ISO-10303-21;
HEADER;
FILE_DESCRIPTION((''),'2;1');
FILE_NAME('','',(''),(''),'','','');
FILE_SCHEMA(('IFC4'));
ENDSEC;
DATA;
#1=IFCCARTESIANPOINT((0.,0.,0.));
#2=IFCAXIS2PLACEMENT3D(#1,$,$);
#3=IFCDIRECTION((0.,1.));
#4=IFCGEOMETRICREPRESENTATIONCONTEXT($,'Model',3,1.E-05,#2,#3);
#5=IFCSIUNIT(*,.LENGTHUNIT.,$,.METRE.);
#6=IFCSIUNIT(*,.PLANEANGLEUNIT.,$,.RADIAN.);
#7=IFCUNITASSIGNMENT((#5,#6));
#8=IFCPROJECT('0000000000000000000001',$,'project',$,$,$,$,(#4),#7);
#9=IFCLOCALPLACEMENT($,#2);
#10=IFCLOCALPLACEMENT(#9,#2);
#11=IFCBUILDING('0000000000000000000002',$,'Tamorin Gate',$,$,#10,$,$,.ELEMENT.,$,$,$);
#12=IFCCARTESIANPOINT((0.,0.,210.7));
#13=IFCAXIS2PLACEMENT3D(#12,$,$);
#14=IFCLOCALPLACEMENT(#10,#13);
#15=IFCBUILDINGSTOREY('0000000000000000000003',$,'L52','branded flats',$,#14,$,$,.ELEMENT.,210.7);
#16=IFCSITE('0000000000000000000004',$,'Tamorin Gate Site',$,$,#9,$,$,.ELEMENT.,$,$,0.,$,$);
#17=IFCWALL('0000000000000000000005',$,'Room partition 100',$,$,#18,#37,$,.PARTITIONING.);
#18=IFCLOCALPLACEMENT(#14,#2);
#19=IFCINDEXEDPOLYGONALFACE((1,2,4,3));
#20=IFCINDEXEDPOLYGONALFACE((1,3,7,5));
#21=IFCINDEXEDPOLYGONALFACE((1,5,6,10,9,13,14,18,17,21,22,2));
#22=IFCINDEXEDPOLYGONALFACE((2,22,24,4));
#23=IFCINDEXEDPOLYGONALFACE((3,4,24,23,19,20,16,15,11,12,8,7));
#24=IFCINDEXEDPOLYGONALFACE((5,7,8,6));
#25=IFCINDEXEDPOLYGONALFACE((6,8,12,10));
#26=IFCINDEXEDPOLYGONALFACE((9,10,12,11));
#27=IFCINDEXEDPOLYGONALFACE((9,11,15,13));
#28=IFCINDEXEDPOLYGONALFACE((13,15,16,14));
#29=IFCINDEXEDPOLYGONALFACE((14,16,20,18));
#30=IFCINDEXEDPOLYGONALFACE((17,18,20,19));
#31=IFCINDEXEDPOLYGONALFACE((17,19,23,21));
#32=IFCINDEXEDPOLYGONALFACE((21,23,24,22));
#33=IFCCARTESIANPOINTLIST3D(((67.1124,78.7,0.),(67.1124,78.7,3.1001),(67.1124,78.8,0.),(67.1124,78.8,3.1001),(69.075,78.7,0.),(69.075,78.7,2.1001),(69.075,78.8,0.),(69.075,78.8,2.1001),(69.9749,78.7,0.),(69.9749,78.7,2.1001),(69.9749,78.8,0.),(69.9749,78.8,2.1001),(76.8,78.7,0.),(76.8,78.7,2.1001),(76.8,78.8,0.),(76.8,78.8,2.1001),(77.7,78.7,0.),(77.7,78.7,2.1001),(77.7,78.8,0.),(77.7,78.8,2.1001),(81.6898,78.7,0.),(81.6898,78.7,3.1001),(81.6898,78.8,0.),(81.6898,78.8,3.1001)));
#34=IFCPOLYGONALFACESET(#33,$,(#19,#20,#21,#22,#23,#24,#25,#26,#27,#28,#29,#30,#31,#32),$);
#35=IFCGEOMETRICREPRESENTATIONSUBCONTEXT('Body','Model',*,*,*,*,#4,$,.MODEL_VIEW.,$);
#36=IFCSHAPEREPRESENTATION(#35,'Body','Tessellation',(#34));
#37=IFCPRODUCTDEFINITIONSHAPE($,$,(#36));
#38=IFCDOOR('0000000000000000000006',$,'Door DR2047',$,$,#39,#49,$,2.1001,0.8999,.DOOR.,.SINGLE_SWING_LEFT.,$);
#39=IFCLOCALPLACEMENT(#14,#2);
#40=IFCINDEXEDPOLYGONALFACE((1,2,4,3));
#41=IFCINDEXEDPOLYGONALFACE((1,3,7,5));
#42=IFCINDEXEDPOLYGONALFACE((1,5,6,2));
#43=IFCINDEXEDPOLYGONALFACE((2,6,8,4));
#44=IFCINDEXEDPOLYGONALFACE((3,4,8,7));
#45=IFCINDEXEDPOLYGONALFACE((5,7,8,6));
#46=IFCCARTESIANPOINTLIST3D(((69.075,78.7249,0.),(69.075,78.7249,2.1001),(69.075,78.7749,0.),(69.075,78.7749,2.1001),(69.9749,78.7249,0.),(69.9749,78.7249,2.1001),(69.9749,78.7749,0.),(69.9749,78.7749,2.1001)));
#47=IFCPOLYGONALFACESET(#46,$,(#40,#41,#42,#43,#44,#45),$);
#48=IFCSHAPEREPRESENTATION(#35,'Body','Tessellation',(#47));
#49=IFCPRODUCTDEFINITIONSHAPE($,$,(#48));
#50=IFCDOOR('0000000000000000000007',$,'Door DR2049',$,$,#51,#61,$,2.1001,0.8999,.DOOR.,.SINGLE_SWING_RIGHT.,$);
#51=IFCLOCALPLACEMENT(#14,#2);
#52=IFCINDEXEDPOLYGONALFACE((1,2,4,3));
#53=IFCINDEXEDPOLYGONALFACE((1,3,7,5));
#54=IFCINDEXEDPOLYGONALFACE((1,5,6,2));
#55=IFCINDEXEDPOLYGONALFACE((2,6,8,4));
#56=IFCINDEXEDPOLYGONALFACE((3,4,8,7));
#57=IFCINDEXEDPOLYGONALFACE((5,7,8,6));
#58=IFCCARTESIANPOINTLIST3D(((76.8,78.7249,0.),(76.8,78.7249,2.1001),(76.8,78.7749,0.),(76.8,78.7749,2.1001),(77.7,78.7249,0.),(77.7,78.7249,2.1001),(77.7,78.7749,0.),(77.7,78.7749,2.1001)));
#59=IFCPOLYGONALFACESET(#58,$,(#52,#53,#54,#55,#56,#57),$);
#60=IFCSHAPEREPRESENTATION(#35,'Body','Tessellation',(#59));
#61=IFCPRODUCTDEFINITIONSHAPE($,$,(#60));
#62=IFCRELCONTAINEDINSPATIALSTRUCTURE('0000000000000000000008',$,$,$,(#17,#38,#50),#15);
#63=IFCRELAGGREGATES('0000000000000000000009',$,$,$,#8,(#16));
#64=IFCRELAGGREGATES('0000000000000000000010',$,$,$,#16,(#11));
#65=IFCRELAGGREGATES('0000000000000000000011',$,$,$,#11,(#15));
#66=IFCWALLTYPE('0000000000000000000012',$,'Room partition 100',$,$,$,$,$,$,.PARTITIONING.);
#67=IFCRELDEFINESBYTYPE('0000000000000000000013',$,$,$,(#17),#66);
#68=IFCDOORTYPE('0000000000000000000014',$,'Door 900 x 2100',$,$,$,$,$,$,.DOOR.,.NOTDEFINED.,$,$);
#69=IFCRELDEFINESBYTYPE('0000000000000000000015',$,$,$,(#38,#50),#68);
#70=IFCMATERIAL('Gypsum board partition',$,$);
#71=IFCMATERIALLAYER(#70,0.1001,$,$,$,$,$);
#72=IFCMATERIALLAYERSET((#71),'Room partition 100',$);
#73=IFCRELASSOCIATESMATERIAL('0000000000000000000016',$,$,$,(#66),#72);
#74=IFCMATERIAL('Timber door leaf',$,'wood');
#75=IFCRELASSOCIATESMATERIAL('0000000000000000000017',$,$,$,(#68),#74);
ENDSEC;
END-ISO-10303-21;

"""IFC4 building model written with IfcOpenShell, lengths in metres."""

from ifc_helpers import new_model, si_unit, direction, frame, frame_2d, origin, place, context, subcontext, project, spatial, rectangle, extrude, material, layer, layer_set, type_object, element, fill, save


model = new_model("IFC4")

# Units and contexts
model_context = context("Model", 3, precision=1e-05, world=origin(), true_north=direction((0.0, 1.0)))
body_context = subcontext(model_context, "Body", "Model", "MODEL_VIEW")
ifc_project = project(units=[si_unit("LENGTHUNIT", "METRE"), si_unit("PLANEANGLEUNIT", "RADIAN")], contexts=[model_context])

# Site, building, storey
site_placement = place(None, origin())
site = spatial("IfcSite", under=ifc_project, at=site_placement, Name="Tamorin Gate Site", CompositionType="ELEMENT", RefElevation=0.0)
building_placement = place(site_placement, origin())
building = spatial("IfcBuilding", under=site, at=building_placement, Name="Tamorin Gate", CompositionType="ELEMENT")
storey_placement = place(building_placement, frame((0.0, 0.0, 210.7)))
storey = spatial("IfcBuildingStorey", under=building, at=storey_placement, Name="L52", Description="branded flats", CompositionType="ELEMENT", Elevation=210.7)

# Shared definitions
ifc_material_1 = material(Name="Gypsum board partition")
ifc_layer_1 = layer(ifc_material_1, 0.1001)
ifc_layer_set_1 = layer_set([ifc_layer_1], Name="Room partition 100")
wall_type_1 = type_object("IfcWallType", Name="Room partition 100", PredefinedType="PARTITIONING", material=ifc_layer_set_1)
ifc_material_2 = material(Name="Timber door leaf", Category="wood")
door_type = type_object("IfcDoorType", Name="Door 900 x 2100", OperationType="NOTDEFINED", PredefinedType="DOOR", material=ifc_material_2)

# Wall, openings, doors
wall_1_placement = place(storey_placement, frame((67.1125, 78.75, 0.0), z_axis=(0.0, 0.0, 1.0), x_axis=(1.0, 0.0, 0.0)))
wall_1 = element("IfcWall", 1, at=wall_1_placement, inside=storey, type_object=wall_type_1, Name="Room partition 100", PredefinedType="PARTITIONING", context=body_context, shape_type="SweptSolid", body=[
    extrude(rectangle(XDim=14.5774, YDim=0.1001, at=frame_2d((7.2886, 0.0))), origin(), (0.0, 0.0, 1.0), 3.1001),
])
opening_1_placement = place(wall_1_placement, frame((1.9624, 0.0, 0.0)))
opening_1 = element("IfcOpeningElement", 2, at=opening_1_placement, cuts=wall_1, PredefinedType="OPENING", context=body_context, shape_type="SweptSolid", body=[
    extrude(rectangle(XDim=0.8999, YDim=2.1001, at=frame_2d((0.45, 1.05))), frame((0.0, 0.0601, 0.0), z_axis=(0.0, -1.0, 0.0), x_axis=(1.0, 0.0, 0.0)), (0.0, 0.0, 1.0), 0.1201),
])
opening_2_placement = place(wall_1_placement, frame((9.6875, 0.0, 0.0)))
opening_2 = element("IfcOpeningElement", 3, at=opening_2_placement, cuts=wall_1, PredefinedType="OPENING", context=body_context, shape_type="SweptSolid", body=[
    extrude(rectangle(XDim=0.8999, YDim=2.1001, at=frame_2d((0.45, 1.05))), frame((0.0, 0.0601, 0.0), z_axis=(0.0, -1.0, 0.0), x_axis=(1.0, 0.0, 0.0)), (0.0, 0.0, 1.0), 0.1201),
])
door_1_placement = place(opening_1_placement, origin())
door_1 = element("IfcDoor", 4, at=door_1_placement, inside=storey, type_object=door_type, Name="Door DR2047", OperationType="SINGLE_SWING_LEFT", OverallHeight=2.1001, OverallWidth=0.8999, PredefinedType="DOOR", context=body_context, shape_type="SweptSolid", body=[
    extrude(rectangle(XDim=0.8999, YDim=2.1001, at=frame_2d((0.45, 1.05))), frame((0.0, 0.0249, 0.0), z_axis=(0.0, -1.0, 0.0), x_axis=(1.0, 0.0, 0.0)), (0.0, 0.0, 1.0), 0.05),
])
fill(opening_1, door_1)
door_2_placement = place(opening_2_placement, origin())
door_2 = element("IfcDoor", 5, at=door_2_placement, inside=storey, type_object=door_type, Name="Door DR2049", OperationType="SINGLE_SWING_RIGHT", OverallHeight=2.1001, OverallWidth=0.8999, PredefinedType="DOOR", context=body_context, shape_type="SweptSolid", body=[
    extrude(rectangle(XDim=0.8999, YDim=2.1001, at=frame_2d((0.45, 1.05))), frame((0.0, 0.0249, 0.0), z_axis=(0.0, -1.0, 0.0), x_axis=(1.0, 0.0, 0.0)), (0.0, 0.0, 1.0), 0.05),
])
fill(opening_2, door_2)

save(model, "model.ifc")
